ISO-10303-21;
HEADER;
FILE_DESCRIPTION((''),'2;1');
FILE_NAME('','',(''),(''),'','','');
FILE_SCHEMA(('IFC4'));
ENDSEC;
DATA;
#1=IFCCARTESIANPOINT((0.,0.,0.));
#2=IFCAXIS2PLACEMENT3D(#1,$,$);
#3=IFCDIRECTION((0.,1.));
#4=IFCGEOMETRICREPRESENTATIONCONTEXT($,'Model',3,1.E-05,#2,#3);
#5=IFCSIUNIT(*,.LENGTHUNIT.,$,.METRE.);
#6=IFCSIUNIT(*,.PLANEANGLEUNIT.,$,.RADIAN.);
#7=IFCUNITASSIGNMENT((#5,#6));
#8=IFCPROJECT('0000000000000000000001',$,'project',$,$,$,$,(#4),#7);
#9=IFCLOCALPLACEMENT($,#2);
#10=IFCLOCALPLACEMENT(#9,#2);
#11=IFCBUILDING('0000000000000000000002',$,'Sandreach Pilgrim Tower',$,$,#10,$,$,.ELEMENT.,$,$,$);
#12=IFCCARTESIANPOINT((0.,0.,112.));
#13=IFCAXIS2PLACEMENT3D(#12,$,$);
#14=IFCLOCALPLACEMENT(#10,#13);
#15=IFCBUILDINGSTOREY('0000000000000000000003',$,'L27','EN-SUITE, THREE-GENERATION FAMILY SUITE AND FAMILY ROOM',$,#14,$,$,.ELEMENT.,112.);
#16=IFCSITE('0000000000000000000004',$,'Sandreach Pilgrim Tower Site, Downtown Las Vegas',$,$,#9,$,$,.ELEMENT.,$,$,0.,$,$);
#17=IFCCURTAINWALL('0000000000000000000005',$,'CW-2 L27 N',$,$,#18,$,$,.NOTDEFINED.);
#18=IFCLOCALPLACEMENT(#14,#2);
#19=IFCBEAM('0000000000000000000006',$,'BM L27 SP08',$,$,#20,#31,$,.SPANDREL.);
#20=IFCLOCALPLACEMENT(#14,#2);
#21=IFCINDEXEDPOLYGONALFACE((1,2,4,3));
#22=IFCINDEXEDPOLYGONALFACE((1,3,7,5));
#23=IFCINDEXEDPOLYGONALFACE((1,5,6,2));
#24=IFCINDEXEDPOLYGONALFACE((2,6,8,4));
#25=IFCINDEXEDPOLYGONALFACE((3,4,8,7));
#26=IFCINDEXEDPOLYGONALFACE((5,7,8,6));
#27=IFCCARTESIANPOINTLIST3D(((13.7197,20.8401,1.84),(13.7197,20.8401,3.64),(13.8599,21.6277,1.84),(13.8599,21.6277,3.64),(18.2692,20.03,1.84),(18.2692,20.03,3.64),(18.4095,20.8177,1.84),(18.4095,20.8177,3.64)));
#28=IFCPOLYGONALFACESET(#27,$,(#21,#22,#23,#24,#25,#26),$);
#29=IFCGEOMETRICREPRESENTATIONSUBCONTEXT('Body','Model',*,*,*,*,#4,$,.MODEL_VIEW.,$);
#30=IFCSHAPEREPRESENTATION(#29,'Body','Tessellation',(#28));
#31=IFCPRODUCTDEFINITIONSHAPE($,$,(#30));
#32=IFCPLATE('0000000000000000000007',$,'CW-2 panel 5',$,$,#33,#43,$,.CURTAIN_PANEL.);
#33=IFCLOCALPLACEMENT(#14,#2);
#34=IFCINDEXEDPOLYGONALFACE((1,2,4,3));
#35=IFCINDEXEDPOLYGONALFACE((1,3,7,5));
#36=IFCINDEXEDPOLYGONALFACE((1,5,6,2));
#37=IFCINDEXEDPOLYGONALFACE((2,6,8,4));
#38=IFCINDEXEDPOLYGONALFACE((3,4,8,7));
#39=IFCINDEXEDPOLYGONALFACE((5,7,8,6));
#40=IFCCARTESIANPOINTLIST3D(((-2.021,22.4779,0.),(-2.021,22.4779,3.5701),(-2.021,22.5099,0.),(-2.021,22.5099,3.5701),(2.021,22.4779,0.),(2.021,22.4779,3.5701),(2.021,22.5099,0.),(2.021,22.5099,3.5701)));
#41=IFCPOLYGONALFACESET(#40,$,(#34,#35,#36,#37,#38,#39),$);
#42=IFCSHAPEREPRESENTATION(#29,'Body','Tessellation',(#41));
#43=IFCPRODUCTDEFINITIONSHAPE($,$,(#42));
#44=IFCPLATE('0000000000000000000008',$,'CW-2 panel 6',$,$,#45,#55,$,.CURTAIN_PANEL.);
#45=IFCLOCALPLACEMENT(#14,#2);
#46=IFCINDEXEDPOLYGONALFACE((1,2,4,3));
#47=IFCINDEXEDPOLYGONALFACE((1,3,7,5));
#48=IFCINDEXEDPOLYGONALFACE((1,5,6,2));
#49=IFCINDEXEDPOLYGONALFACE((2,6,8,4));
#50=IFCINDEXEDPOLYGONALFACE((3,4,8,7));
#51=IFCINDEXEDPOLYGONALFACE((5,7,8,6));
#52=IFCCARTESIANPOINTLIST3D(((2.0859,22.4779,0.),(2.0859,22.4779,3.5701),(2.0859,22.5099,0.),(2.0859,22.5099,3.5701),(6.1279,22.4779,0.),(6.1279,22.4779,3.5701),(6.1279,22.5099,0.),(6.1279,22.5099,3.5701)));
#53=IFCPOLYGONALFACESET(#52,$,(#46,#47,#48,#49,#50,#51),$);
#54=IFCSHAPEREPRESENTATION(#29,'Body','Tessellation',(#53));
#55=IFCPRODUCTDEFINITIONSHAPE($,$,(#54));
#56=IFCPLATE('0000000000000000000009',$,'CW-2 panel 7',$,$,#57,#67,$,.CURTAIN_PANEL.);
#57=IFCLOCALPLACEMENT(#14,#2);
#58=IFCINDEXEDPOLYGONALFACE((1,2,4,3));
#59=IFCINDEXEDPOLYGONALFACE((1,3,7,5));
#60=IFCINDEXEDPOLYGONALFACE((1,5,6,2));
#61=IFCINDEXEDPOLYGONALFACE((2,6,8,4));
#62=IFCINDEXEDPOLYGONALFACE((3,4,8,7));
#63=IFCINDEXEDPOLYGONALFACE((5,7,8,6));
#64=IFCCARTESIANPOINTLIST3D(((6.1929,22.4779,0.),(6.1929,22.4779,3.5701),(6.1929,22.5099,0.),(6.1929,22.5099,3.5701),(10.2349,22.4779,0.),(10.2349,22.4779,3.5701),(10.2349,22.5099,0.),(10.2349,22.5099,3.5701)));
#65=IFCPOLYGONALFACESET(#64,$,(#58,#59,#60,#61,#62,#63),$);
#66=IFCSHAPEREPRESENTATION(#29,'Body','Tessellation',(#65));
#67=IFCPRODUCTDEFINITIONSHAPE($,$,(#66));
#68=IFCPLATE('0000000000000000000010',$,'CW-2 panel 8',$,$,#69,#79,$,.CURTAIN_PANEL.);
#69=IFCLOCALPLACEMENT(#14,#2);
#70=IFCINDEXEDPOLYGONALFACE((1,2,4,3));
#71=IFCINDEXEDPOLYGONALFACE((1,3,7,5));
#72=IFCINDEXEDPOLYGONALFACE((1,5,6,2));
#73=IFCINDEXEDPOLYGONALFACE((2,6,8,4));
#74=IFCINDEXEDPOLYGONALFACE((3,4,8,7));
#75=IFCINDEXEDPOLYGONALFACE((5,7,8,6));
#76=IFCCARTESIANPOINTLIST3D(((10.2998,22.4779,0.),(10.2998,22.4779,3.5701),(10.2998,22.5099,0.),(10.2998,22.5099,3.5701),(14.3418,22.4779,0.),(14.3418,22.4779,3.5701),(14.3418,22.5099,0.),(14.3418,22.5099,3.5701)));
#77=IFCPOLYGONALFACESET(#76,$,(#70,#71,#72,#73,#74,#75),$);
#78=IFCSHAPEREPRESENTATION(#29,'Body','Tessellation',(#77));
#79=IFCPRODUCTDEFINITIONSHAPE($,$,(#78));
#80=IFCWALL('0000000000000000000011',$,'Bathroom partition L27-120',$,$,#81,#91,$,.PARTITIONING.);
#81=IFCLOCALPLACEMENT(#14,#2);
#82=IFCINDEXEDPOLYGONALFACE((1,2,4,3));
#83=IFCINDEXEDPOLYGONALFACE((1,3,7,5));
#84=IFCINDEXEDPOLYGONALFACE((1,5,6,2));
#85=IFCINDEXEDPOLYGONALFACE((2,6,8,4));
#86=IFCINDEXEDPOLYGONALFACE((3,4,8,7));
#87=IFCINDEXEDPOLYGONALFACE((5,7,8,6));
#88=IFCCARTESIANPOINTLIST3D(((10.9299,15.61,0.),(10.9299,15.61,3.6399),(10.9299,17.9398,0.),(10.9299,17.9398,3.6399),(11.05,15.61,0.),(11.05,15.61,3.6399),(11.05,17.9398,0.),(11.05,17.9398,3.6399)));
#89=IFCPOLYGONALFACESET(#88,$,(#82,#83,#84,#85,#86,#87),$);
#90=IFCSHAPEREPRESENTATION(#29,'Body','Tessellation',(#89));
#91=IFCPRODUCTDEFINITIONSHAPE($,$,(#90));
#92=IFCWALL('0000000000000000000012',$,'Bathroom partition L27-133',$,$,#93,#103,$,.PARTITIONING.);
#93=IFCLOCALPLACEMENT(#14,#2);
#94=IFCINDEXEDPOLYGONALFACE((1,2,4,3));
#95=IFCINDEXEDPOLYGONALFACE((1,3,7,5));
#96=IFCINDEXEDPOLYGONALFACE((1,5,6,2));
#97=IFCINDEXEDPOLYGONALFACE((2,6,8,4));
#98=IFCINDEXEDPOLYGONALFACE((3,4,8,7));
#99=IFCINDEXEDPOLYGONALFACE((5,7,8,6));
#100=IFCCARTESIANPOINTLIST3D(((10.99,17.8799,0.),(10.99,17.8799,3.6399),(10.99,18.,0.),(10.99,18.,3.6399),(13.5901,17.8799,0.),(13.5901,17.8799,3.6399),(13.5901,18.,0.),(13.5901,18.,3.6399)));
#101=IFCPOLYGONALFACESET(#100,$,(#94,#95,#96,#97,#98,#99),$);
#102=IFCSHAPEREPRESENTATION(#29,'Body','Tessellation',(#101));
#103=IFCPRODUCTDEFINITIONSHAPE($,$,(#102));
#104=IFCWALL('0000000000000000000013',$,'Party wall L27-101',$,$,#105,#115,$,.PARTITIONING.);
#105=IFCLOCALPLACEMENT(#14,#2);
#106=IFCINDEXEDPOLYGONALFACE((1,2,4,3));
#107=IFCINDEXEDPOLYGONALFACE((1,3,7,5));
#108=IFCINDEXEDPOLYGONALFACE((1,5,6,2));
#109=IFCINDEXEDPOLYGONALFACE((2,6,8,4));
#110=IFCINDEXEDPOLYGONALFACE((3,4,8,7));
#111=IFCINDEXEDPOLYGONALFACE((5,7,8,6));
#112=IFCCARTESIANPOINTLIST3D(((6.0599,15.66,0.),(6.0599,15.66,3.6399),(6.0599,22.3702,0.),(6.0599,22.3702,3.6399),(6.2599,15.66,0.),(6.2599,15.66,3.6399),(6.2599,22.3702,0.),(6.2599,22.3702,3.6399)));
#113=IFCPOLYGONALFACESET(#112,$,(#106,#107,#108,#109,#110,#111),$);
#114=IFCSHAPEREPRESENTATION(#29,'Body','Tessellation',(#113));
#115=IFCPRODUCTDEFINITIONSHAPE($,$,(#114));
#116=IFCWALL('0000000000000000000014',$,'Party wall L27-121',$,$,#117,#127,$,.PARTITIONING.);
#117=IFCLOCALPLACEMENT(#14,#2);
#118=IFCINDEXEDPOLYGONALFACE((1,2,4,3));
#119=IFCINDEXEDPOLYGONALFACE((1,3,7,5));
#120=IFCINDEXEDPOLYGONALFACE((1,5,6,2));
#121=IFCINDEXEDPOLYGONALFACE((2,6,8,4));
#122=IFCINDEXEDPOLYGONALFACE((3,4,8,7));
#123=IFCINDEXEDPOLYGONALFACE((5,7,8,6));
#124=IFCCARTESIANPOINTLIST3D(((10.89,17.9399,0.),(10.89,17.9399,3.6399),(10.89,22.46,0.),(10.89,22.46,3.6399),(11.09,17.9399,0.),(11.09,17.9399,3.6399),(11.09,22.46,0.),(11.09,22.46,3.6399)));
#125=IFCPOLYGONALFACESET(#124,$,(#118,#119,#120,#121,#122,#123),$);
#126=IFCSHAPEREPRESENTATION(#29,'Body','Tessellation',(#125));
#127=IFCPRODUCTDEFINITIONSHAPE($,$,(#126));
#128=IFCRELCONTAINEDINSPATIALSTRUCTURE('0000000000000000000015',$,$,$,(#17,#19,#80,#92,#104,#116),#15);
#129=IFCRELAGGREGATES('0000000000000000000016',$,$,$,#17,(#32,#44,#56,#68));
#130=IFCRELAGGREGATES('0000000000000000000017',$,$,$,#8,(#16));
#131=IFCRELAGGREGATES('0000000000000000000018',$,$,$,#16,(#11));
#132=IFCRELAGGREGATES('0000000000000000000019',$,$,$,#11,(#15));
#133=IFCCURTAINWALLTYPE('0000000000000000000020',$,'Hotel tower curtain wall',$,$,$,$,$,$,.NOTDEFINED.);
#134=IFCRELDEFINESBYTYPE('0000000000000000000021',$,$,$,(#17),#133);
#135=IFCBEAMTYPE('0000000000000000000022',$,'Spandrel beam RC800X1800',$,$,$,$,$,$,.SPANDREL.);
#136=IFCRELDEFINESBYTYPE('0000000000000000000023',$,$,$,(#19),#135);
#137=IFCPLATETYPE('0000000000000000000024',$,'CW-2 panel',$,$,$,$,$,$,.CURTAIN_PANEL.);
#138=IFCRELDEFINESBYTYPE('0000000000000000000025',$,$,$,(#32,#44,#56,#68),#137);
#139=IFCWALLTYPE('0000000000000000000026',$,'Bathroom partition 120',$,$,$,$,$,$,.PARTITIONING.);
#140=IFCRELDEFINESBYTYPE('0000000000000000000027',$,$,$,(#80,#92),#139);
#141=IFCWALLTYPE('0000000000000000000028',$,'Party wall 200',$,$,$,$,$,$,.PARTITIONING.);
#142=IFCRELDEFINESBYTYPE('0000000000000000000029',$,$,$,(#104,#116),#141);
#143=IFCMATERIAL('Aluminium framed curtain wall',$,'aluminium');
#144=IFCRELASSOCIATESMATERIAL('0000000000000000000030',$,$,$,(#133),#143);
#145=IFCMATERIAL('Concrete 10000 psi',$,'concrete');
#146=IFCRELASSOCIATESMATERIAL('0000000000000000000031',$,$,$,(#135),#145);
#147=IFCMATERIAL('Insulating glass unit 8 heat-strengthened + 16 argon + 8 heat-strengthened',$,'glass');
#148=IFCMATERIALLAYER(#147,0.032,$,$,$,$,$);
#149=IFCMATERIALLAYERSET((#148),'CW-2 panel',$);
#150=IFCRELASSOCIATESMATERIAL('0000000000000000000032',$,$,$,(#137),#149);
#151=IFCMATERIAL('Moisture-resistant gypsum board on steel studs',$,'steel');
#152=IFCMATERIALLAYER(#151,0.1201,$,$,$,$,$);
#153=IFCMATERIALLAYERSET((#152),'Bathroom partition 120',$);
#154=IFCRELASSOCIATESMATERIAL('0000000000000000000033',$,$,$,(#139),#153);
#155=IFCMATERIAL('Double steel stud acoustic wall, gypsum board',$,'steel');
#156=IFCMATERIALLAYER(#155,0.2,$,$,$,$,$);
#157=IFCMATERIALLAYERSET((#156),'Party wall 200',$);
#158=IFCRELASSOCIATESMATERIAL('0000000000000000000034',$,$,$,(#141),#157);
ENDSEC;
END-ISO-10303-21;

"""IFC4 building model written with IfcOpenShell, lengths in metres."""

from ifc_helpers import new_model, si_unit, direction, frame, frame_2d, origin, origin_2d, place, context, subcontext, project, spatial, rectangle, extrude, material, layer, layer_set, material_profile, profile_set, type_object, element, aggregate, save


model = new_model("IFC4")

# Units and contexts
model_context = context("Model", 3, precision=1e-05, world=origin(), true_north=direction((0.0, 1.0)))
body_context = subcontext(model_context, "Body", "Model", "MODEL_VIEW")
ifc_project = project(units=[si_unit("LENGTHUNIT", "METRE"), si_unit("PLANEANGLEUNIT", "RADIAN")], contexts=[model_context])

# Site, building, storey
site_placement = place(None, origin())
site = spatial("IfcSite", under=ifc_project, at=site_placement, Name="Sandreach Pilgrim Tower Site, Downtown Las Vegas", CompositionType="ELEMENT", RefElevation=0.0)
building_placement = place(site_placement, origin())
building = spatial("IfcBuilding", under=site, at=building_placement, Name="Sandreach Pilgrim Tower", CompositionType="ELEMENT")
storey_placement = place(building_placement, frame((0.0, 0.0, 112.0)))
storey = spatial("IfcBuildingStorey", under=building, at=storey_placement, Name="L27", Description="EN-SUITE, THREE-GENERATION FAMILY SUITE AND FAMILY ROOM", CompositionType="ELEMENT", Elevation=112.0)

# Curtain wall
ifc_material_1 = material(Name="Aluminium framed curtain wall", Category="aluminium")
curtain_wall_type = type_object("IfcCurtainWallType", Name="Hotel tower curtain wall", PredefinedType="NOTDEFINED", material=ifc_material_1)
curtain_wall_placement = place(storey_placement, origin())
curtain_wall = element("IfcCurtainWall", 1, at=curtain_wall_placement, inside=storey, type_object=curtain_wall_type, Name="CW-2 L27 N", PredefinedType="NOTDEFINED")

# Beam
ifc_material_2 = material(Name="Concrete 10000 psi", Category="concrete")
ifc_material_profile_1 = material_profile(ifc_material_2, rectangle(XDim=0.8, YDim=1.8, at=origin_2d()), Name="RC800X1800")
ifc_profile_set_1 = profile_set([ifc_material_profile_1], Name="Concrete 10000 psi")
beam_type_1 = type_object("IfcBeamType", Name="Spandrel beam RC800X1800", PredefinedType="SPANDREL", material=ifc_profile_set_1)
beam_1_placement = place(storey_placement, frame((13.7898, 21.2339, 2.74), z_axis=(0.984516, -0.175295, 0.0), x_axis=(0.175295, 0.984516, 0.0)))
element("IfcBeam", 2, at=beam_1_placement, inside=storey, type_object=beam_type_1, Name="BM L27 SP08", PredefinedType="SPANDREL", context=body_context, shape_type="SweptSolid", body=[
    extrude(rectangle(XDim=0.8, YDim=1.8, at=origin_2d()), origin(), (0.0, 0.0, 1.0), 4.6211),
])

# Plates
ifc_material_3 = material(Name="Insulating glass unit 8 heat-strengthened + 16 argon + 8 heat-strengthened", Category="glass")
ifc_layer_1 = layer(ifc_material_3, 0.032)
ifc_layer_set_1 = layer_set([ifc_layer_1], Name="CW-2 panel")
plate_type = type_object("IfcPlateType", Name="CW-2 panel", PredefinedType="CURTAIN_PANEL", material=ifc_layer_set_1)
plate_1_placement = place(storey_placement, frame((0.0, 22.4939, 0.0), z_axis=(0.0, 0.0, 1.0), x_axis=(1.0, 0.0, 0.0)))
plate_1 = element("IfcPlate", 3, at=plate_1_placement, type_object=plate_type, Name="CW-2 panel 5", PredefinedType="CURTAIN_PANEL", context=body_context, shape_type="SweptSolid", body=[
    extrude(rectangle(XDim=4.042, YDim=0.032, at=origin_2d()), origin(), (0.0, 0.0, 1.0), 3.5701),
])
plate_2_placement = place(storey_placement, frame((4.1069, 22.4939, 0.0), z_axis=(0.0, 0.0, 1.0), x_axis=(1.0, 0.0, 0.0)))
plate_2 = element("IfcPlate", 4, at=plate_2_placement, type_object=plate_type, Name="CW-2 panel 6", PredefinedType="CURTAIN_PANEL", context=body_context, shape_type="SweptSolid", body=[
    extrude(rectangle(XDim=4.042, YDim=0.032, at=origin_2d()), origin(), (0.0, 0.0, 1.0), 3.5701),
])
plate_3_placement = place(storey_placement, frame((8.2139, 22.4939, 0.0), z_axis=(0.0, 0.0, 1.0), x_axis=(1.0, 0.0, 0.0)))
plate_3 = element("IfcPlate", 5, at=plate_3_placement, type_object=plate_type, Name="CW-2 panel 7", PredefinedType="CURTAIN_PANEL", context=body_context, shape_type="SweptSolid", body=[
    extrude(rectangle(XDim=4.042, YDim=0.032, at=origin_2d()), origin(), (0.0, 0.0, 1.0), 3.5701),
])
plate_4_placement = place(storey_placement, frame((12.3208, 22.4939, 0.0), z_axis=(0.0, 0.0, 1.0), x_axis=(1.0, 0.0, 0.0)))
plate_4 = element("IfcPlate", 6, at=plate_4_placement, type_object=plate_type, Name="CW-2 panel 8", PredefinedType="CURTAIN_PANEL", context=body_context, shape_type="SweptSolid", body=[
    extrude(rectangle(XDim=4.042, YDim=0.032, at=origin_2d()), origin(), (0.0, 0.0, 1.0), 3.5701),
])
aggregate(curtain_wall, [plate_1, plate_2, plate_3, plate_4])

# Walls
ifc_material_4 = material(Name="Moisture-resistant gypsum board on steel studs", Category="steel")
ifc_layer_2 = layer(ifc_material_4, 0.1201)
ifc_layer_set_2 = layer_set([ifc_layer_2], Name="Bathroom partition 120")
wall_type_1 = type_object("IfcWallType", Name="Bathroom partition 120", PredefinedType="PARTITIONING", material=ifc_layer_set_2)
wall_1_placement = place(storey_placement, frame((10.99, 17.9399, 0.0), z_axis=(0.0, 0.0, 1.0), x_axis=(0.0, -1.0, 0.0)))
element("IfcWall", 7, at=wall_1_placement, inside=storey, type_object=wall_type_1, Name="Bathroom partition L27-120", PredefinedType="PARTITIONING", context=body_context, shape_type="SweptSolid", body=[
    extrude(rectangle(XDim=2.3298, YDim=0.1201, at=frame_2d((1.165, 0.0))), origin(), (0.0, 0.0, 1.0), 3.6399),
])
wall_2_placement = place(storey_placement, frame((13.5901, 17.9399, 0.0), z_axis=(0.0, 0.0, 1.0), x_axis=(-1.0, 0.0, 0.0)))
element("IfcWall", 8, at=wall_2_placement, inside=storey, type_object=wall_type_1, Name="Bathroom partition L27-133", PredefinedType="PARTITIONING", context=body_context, shape_type="SweptSolid", body=[
    extrude(rectangle(XDim=2.6001, YDim=0.1201, at=frame_2d((1.3, 0.0))), origin(), (0.0, 0.0, 1.0), 3.6399),
])
ifc_material_5 = material(Name="Double steel stud acoustic wall, gypsum board", Category="steel")
ifc_layer_3 = layer(ifc_material_5, 0.2)
ifc_layer_set_3 = layer_set([ifc_layer_3], Name="Party wall 200")
wall_type_2 = type_object("IfcWallType", Name="Party wall 200", PredefinedType="PARTITIONING", material=ifc_layer_set_3)
wall_3_placement = place(storey_placement, frame((6.1599, 22.3701, 0.0), z_axis=(0.0, 0.0, 1.0), x_axis=(0.0, -1.0, 0.0)))
element("IfcWall", 9, at=wall_3_placement, inside=storey, type_object=wall_type_2, Name="Party wall L27-101", PredefinedType="PARTITIONING", context=body_context, shape_type="SweptSolid", body=[
    extrude(rectangle(XDim=6.7102, YDim=0.2, at=frame_2d((3.355, 0.0))), origin(), (0.0, 0.0, 1.0), 3.6399),
])
wall_4_placement = place(storey_placement, frame((10.99, 22.46, 0.0), z_axis=(0.0, 0.0, 1.0), x_axis=(0.0, -1.0, 0.0)))
element("IfcWall", 10, at=wall_4_placement, inside=storey, type_object=wall_type_2, Name="Party wall L27-121", PredefinedType="PARTITIONING", context=body_context, shape_type="SweptSolid", body=[
    extrude(rectangle(XDim=4.52, YDim=0.2, at=frame_2d((2.26, 0.0))), origin(), (0.0, 0.0, 1.0), 3.6399),
])

save(model, "model.ifc")
